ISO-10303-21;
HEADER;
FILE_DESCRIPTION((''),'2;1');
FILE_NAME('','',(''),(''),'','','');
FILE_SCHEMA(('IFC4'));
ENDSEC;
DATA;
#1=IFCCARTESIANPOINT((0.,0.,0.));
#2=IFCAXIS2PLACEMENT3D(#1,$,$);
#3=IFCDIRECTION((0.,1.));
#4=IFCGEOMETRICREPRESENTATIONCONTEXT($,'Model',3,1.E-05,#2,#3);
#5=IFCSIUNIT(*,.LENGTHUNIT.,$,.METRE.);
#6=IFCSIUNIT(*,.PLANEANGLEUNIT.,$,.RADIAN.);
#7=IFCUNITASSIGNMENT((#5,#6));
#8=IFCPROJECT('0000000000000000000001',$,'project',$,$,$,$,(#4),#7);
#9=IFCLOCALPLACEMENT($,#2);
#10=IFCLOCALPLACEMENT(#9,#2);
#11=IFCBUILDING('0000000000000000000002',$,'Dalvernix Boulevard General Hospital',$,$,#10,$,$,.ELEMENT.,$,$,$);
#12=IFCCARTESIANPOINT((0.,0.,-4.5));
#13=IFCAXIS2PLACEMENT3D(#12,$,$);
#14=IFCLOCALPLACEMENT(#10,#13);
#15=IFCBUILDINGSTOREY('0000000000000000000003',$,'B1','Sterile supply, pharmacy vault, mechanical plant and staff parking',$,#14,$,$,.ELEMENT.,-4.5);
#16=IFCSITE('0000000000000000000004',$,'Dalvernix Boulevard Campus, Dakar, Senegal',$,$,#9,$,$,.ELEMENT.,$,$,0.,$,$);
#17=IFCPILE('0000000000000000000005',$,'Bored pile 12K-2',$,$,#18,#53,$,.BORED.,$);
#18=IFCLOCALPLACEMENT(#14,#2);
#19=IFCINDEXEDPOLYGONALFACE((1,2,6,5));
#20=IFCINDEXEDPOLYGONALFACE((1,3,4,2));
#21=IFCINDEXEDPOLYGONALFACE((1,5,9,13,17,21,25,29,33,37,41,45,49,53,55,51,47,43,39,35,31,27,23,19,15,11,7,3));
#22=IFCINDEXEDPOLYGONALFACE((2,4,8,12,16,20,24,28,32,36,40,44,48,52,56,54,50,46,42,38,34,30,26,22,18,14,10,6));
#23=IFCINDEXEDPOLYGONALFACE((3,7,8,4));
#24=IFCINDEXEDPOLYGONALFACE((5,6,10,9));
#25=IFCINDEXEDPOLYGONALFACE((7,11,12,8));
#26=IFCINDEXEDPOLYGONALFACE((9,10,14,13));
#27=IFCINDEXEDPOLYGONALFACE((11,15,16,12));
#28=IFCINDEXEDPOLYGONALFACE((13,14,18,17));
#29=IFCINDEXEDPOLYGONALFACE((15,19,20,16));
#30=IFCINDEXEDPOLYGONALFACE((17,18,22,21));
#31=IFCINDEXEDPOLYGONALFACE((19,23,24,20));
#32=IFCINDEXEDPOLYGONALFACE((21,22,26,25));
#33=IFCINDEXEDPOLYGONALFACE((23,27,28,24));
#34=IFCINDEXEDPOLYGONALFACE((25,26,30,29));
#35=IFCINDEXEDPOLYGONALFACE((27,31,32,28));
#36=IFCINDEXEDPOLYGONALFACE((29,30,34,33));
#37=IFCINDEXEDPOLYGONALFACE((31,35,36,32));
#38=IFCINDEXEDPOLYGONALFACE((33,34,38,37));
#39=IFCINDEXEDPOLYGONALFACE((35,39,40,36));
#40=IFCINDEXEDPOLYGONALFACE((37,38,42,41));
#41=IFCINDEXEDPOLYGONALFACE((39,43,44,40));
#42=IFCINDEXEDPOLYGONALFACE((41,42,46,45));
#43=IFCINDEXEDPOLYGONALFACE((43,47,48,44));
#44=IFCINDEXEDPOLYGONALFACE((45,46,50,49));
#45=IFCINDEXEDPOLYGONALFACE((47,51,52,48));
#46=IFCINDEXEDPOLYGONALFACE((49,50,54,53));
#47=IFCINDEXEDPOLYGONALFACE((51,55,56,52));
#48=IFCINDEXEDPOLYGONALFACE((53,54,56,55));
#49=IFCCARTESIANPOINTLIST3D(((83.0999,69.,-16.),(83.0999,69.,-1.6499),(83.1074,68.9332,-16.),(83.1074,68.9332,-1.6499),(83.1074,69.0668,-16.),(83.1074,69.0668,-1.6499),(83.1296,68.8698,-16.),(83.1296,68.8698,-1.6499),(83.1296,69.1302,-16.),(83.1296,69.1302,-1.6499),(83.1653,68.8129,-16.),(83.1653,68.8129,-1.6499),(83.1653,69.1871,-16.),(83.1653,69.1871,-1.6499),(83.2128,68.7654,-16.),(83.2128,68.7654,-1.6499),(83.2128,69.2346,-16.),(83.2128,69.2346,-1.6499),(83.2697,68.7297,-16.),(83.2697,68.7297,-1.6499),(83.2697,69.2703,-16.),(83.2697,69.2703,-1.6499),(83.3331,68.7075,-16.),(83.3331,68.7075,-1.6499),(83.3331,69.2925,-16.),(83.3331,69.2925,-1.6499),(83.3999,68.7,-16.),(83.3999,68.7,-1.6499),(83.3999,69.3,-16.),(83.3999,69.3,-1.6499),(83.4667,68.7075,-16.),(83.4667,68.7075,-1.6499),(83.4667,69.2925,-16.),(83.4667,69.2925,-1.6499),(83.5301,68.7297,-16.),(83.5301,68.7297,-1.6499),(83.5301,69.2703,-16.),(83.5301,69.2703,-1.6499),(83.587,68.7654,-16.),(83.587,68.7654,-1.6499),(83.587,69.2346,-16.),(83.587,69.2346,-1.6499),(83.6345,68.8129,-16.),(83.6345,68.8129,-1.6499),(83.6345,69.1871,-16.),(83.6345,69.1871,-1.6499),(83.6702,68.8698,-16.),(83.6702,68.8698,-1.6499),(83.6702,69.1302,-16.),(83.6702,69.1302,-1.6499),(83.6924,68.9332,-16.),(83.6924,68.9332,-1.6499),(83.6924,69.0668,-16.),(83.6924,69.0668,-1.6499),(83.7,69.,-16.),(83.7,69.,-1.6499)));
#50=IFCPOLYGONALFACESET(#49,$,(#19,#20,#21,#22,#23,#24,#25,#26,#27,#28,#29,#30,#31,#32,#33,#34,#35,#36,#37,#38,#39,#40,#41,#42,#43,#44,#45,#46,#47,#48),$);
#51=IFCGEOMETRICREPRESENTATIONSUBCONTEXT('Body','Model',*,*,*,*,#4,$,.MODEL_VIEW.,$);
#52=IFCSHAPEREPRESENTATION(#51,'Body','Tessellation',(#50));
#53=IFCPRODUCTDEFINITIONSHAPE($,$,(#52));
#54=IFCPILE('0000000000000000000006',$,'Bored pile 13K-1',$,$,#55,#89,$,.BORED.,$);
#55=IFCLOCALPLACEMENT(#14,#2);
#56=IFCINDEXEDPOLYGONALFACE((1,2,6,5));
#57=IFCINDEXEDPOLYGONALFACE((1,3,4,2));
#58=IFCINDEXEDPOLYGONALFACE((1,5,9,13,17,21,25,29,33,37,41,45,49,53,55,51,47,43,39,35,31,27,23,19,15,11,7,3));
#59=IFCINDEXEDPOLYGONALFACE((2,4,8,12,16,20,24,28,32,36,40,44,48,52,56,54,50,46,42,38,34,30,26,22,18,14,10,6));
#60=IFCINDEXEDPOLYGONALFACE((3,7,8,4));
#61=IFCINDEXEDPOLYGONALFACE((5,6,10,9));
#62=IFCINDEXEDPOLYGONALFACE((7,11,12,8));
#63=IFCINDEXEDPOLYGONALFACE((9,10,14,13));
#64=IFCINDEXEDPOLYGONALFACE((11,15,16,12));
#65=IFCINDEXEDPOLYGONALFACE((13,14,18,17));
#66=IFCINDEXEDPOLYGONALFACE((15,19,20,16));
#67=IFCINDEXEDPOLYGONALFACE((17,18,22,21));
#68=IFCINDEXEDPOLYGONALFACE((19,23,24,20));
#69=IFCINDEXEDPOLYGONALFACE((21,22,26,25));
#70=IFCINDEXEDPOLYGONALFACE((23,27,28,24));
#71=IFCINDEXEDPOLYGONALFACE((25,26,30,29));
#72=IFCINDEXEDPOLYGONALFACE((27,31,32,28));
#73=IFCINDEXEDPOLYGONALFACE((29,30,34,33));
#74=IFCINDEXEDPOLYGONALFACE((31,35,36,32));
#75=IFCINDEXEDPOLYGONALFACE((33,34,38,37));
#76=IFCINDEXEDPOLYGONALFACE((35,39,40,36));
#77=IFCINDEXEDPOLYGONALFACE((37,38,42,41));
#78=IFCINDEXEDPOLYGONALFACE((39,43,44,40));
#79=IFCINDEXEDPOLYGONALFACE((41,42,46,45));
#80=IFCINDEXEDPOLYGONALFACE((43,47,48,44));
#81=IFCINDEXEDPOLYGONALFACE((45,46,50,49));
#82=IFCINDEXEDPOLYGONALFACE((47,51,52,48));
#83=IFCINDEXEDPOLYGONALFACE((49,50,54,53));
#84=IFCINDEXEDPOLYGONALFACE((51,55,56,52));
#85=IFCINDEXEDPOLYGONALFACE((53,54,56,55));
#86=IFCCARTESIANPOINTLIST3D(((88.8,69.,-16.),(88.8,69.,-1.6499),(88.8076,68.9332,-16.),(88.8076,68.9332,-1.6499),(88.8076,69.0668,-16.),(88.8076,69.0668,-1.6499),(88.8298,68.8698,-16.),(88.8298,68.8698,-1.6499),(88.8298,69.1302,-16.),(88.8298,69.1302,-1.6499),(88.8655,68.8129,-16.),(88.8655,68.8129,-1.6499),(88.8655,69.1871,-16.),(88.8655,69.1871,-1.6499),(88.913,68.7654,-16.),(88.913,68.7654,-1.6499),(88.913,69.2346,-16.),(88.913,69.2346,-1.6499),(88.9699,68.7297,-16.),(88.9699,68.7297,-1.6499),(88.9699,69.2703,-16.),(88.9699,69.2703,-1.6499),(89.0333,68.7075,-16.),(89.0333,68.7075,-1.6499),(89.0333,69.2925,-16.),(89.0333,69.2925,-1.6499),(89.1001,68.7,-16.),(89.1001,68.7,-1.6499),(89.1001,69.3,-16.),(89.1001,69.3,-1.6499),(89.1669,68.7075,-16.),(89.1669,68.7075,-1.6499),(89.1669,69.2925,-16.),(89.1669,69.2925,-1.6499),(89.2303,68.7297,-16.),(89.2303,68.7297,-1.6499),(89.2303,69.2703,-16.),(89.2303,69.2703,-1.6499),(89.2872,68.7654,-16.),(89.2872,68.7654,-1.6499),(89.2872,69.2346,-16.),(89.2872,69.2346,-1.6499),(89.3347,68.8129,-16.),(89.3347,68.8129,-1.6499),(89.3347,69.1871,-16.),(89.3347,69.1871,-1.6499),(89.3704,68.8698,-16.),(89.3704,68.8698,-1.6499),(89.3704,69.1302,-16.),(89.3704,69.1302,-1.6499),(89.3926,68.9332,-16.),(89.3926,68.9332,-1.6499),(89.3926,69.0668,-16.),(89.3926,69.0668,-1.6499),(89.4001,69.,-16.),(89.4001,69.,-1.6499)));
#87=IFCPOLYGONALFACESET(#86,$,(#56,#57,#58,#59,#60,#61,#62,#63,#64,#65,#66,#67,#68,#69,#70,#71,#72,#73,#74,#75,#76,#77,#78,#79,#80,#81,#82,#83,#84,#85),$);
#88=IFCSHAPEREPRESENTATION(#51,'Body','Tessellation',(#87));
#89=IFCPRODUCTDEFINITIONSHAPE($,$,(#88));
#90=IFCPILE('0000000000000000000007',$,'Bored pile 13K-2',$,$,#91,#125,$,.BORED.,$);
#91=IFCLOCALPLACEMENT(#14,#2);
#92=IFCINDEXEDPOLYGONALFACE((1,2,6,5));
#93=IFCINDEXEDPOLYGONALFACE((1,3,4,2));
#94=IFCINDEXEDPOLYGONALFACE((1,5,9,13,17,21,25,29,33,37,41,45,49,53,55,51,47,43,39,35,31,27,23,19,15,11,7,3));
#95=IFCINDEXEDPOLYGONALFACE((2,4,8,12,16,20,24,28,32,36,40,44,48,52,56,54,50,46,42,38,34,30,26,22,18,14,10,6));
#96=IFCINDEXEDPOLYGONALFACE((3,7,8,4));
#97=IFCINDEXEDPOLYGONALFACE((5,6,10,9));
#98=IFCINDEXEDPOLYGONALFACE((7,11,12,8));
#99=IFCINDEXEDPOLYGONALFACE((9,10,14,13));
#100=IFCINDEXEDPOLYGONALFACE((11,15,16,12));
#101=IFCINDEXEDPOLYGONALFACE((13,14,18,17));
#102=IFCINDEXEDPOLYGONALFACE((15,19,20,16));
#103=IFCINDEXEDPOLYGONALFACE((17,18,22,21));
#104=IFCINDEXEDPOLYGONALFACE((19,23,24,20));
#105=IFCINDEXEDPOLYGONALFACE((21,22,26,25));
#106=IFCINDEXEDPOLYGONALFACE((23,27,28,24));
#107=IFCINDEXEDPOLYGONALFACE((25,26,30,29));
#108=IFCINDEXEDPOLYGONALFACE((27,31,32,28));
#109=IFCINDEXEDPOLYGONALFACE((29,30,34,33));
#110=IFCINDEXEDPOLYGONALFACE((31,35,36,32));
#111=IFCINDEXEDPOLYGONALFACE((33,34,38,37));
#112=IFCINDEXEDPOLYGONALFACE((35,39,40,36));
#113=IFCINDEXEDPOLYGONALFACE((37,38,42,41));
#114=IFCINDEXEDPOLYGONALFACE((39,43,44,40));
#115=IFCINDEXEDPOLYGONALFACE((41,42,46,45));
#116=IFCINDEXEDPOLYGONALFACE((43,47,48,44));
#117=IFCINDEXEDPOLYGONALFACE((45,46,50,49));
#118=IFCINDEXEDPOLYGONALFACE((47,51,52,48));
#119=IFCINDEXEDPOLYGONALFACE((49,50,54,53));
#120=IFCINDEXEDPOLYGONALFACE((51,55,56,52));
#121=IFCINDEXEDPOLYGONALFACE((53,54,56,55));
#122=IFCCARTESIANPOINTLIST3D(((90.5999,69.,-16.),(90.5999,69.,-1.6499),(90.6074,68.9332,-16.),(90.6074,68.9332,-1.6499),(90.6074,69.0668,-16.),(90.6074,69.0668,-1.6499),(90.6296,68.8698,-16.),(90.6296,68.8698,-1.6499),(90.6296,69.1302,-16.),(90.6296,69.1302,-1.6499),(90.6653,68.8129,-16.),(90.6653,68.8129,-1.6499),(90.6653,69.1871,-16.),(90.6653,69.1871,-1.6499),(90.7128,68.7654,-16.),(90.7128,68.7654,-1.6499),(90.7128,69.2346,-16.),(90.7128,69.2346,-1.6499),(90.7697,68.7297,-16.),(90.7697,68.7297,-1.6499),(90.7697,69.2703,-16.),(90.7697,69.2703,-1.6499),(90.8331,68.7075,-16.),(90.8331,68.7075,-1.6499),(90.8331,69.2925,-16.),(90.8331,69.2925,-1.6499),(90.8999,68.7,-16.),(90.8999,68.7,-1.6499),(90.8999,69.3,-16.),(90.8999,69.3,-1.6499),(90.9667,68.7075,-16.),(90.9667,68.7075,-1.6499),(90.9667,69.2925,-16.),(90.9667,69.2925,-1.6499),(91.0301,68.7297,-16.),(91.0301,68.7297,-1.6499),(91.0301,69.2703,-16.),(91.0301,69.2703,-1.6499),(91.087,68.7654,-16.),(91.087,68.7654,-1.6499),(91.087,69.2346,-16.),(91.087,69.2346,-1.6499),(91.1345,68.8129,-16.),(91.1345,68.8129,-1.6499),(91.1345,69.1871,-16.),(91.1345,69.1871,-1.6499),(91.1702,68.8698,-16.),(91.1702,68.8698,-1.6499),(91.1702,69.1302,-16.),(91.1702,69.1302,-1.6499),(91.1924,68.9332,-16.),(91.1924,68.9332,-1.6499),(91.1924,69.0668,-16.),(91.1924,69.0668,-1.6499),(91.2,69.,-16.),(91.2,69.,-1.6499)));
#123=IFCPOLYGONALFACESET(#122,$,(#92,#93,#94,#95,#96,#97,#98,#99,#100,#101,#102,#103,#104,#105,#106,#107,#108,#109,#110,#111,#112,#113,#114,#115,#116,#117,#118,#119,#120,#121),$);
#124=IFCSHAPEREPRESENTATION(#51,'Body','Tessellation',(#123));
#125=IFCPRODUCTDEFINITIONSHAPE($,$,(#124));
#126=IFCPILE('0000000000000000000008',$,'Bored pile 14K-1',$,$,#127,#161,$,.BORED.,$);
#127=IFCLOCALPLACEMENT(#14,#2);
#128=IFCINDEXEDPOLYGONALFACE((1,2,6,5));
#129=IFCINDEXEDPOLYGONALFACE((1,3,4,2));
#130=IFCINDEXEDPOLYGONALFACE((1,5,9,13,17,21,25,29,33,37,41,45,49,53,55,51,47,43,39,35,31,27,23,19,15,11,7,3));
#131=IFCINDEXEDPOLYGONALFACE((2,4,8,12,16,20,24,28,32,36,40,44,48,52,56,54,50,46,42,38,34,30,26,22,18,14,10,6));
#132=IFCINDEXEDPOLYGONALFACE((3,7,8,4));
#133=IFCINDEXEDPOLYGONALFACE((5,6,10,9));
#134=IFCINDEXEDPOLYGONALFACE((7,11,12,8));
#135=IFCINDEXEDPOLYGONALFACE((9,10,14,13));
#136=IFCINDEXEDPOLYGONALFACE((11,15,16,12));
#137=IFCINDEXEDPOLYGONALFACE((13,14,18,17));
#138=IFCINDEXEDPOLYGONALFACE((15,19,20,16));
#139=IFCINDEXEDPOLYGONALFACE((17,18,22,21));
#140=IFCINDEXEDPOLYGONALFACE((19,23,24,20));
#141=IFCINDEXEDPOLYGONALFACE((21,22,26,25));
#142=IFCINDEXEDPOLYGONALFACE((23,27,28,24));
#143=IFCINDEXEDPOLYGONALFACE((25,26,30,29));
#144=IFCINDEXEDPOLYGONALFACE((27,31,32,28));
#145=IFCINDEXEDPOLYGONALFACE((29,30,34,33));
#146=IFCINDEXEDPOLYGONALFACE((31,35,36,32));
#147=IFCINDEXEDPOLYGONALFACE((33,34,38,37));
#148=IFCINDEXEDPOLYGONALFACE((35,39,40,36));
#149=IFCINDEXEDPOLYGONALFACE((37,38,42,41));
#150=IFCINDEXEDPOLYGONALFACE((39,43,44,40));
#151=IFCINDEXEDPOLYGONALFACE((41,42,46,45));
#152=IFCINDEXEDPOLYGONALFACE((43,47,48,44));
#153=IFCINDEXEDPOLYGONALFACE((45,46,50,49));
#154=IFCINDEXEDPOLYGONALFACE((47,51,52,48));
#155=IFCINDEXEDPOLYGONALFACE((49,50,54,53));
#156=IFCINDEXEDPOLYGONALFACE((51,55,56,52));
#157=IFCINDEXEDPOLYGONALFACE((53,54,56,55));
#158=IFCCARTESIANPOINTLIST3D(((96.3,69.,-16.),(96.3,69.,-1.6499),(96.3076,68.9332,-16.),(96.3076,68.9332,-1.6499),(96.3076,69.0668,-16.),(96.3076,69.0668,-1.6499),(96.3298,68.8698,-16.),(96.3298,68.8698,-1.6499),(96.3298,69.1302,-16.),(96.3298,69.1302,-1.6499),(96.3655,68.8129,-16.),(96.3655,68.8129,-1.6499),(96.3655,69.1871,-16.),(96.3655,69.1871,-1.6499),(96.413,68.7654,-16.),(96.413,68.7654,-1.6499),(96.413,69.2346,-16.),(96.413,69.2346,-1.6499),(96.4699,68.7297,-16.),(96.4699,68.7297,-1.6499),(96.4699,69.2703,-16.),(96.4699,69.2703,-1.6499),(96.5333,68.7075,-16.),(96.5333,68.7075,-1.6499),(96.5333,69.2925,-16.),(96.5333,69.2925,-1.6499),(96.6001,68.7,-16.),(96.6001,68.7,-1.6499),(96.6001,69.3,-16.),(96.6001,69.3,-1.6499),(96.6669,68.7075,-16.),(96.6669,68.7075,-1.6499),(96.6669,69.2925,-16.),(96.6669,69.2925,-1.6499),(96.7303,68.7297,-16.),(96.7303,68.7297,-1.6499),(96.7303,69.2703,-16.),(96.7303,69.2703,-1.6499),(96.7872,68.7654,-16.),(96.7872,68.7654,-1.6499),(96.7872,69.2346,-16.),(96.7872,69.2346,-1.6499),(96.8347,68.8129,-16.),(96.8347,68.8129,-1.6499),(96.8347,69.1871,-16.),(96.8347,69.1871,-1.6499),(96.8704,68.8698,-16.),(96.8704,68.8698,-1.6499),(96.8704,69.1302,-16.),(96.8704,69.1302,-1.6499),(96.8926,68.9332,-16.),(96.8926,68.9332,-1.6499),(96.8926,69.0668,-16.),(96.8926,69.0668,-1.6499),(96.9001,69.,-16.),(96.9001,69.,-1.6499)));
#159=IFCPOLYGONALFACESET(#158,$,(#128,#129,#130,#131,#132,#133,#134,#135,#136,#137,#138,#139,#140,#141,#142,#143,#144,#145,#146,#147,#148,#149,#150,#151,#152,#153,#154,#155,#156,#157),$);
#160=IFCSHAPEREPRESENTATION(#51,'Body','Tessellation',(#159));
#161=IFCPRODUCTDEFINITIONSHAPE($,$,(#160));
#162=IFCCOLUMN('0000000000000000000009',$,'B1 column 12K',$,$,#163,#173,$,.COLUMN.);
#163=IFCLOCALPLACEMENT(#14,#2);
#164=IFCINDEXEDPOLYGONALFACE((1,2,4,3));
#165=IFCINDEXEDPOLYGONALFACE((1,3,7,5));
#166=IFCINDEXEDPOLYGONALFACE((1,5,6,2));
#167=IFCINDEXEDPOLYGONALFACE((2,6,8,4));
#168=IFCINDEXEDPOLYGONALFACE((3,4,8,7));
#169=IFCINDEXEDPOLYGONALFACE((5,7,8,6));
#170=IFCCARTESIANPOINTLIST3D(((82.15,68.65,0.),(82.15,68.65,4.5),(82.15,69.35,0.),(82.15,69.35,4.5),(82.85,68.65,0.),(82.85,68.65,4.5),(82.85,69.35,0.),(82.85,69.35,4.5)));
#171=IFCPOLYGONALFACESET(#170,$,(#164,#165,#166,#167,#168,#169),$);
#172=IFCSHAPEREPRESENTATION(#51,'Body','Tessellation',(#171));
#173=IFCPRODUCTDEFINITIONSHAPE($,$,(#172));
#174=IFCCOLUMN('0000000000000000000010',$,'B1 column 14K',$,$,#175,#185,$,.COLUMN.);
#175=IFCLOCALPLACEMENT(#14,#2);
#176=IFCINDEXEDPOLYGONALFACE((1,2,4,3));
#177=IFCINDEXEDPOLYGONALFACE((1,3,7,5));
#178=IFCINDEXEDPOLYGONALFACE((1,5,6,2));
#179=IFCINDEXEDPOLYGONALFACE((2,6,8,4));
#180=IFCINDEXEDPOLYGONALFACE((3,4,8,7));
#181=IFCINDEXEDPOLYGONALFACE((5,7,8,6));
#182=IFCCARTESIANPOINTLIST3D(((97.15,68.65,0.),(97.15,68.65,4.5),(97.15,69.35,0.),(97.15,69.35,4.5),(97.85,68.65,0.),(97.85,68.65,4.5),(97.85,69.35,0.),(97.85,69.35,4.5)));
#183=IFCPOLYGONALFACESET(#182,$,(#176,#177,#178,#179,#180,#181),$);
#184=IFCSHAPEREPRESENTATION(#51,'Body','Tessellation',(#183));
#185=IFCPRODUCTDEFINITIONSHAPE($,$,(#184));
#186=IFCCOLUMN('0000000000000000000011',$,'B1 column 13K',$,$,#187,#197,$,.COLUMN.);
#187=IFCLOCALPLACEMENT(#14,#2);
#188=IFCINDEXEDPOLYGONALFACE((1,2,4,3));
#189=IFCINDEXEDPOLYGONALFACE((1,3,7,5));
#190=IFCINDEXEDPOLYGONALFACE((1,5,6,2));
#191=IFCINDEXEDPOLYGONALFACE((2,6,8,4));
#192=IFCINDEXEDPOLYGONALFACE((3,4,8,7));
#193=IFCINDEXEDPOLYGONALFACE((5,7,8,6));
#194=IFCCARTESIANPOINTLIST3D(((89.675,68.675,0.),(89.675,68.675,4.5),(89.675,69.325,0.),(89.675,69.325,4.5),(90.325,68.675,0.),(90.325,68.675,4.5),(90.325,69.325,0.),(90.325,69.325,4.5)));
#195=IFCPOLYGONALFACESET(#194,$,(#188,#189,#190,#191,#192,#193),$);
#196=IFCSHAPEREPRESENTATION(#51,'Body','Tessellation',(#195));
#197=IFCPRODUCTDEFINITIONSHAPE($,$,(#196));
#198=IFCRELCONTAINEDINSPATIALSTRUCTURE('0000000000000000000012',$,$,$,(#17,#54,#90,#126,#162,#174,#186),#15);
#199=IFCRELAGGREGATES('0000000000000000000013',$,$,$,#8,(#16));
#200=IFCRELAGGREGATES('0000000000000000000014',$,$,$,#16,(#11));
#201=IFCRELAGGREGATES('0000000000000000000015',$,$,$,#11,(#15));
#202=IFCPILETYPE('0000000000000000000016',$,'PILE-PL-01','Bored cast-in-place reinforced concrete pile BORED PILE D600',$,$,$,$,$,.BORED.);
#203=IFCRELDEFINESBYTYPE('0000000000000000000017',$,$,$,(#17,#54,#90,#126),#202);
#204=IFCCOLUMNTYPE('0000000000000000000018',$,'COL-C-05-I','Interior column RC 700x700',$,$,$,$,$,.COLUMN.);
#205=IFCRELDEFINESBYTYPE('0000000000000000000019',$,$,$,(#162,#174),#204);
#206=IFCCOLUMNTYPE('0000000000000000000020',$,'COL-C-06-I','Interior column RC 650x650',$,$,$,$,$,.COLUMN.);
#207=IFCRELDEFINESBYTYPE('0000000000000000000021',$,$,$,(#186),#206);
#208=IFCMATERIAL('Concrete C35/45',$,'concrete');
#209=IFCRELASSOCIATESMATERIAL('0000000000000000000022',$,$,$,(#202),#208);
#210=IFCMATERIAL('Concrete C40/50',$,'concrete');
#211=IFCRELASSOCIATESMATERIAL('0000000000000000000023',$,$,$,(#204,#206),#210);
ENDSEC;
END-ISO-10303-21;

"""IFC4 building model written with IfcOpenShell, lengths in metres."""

from ifc_helpers import new_model, si_unit, direction, frame, origin, origin_2d, place, context, subcontext, project, spatial, rectangle, circle, extrude, material, material_profile, profile_set, type_object, element, save


model = new_model("IFC4")

# Units and contexts
model_context = context("Model", 3, precision=1e-05, world=origin(), true_north=direction((0.0, 1.0)))
body_context = subcontext(model_context, "Body", "Model", "MODEL_VIEW")
ifc_project = project(units=[si_unit("LENGTHUNIT", "METRE"), si_unit("PLANEANGLEUNIT", "RADIAN")], contexts=[model_context])

# Site, building, storey
site_placement = place(None, origin())
site = spatial("IfcSite", under=ifc_project, at=site_placement, Name="Dalvernix Boulevard Campus, Dakar, Senegal", CompositionType="ELEMENT", RefElevation=0.0)
building_placement = place(site_placement, origin())
building = spatial("IfcBuilding", under=site, at=building_placement, Name="Dalvernix Boulevard General Hospital", CompositionType="ELEMENT")
storey_placement = place(building_placement, frame((0.0, 0.0, -4.5)))
storey = spatial("IfcBuildingStorey", under=building, at=storey_placement, Name="B1", Description="Sterile supply, pharmacy vault, mechanical plant and staff parking", CompositionType="ELEMENT", Elevation=-4.5)

# Shared definitions
ifc_material_1 = material(Name="Concrete C35/45", Category="concrete")
ifc_material_2 = material(Name="Concrete C40/50", Category="concrete")

# Piles
ifc_material_profile_1 = material_profile(ifc_material_1, circle(Radius=0.3, at=origin_2d()), Name="BORED PILE D600")
ifc_profile_set_1 = profile_set([ifc_material_profile_1], Name="Concrete C35/45")
pile_type = type_object("IfcPileType", Name="PILE-PL-01", Description="Bored cast-in-place reinforced concrete pile BORED PILE D600", PredefinedType="BORED", material=ifc_profile_set_1)
for number, where, z_axis, x_axis, name in (
    (1, (83.3999, 69.0, -1.6499), (0.0, 0.0, -1.0), (1.0, 0.0, 0.0), "Bored pile 12K-2"),
    (2, (89.1001, 69.0, -1.6499), (0.0, 0.0, -1.0), (1.0, 0.0, 0.0), "Bored pile 13K-1"),
    (3, (90.8999, 69.0, -1.6499), (0.0, 0.0, -1.0), (1.0, 0.0, 0.0), "Bored pile 13K-2"),
    (4, (96.6001, 69.0, -1.6499), (0.0, 0.0, -1.0), (1.0, 0.0, 0.0), "Bored pile 14K-1"),
):
    element("IfcPile", number, at=place(storey_placement, frame(where, z_axis=z_axis, x_axis=x_axis)), inside=storey, type_object=pile_type, Name=name, PredefinedType="BORED", context=body_context, shape_type="SweptSolid", body=[
        extrude(circle(Radius=0.3, at=origin_2d()), origin(), (0.0, 0.0, 1.0), 14.3501),
    ])

# Columns
ifc_material_profile_2 = material_profile(ifc_material_2, rectangle(XDim=0.7, YDim=0.7, at=origin_2d()), Name="RC 700x700")
ifc_profile_set_2 = profile_set([ifc_material_profile_2], Name="Concrete C40/50")
column_type_1 = type_object("IfcColumnType", Name="COL-C-05-I", Description="Interior column RC 700x700", PredefinedType="COLUMN", material=ifc_profile_set_2)
for number, where, z_axis, x_axis, name in (
    (5, (82.5, 69.0, 0.0), (0.0, 0.0, 1.0), (1.0, 0.0, 0.0), "B1 column 12K"),
    (6, (97.5, 69.0, 0.0), (0.0, 0.0, 1.0), (1.0, 0.0, 0.0), "B1 column 14K"),
):
    element("IfcColumn", number, at=place(storey_placement, frame(where, z_axis=z_axis, x_axis=x_axis)), inside=storey, type_object=column_type_1, Name=name, PredefinedType="COLUMN", context=body_context, shape_type="SweptSolid", body=[
        extrude(rectangle(XDim=0.7, YDim=0.7, at=origin_2d()), origin(), (0.0, 0.0, 1.0), 4.5),
    ])
ifc_material_profile_3 = material_profile(ifc_material_2, rectangle(XDim=0.6499, YDim=0.6499, at=origin_2d()), Name="RC 650x650")
ifc_profile_set_3 = profile_set([ifc_material_profile_3], Name="Concrete C40/50")
column_type_2 = type_object("IfcColumnType", Name="COL-C-06-I", Description="Interior column RC 650x650", PredefinedType="COLUMN", material=ifc_profile_set_3)
column_placement = place(storey_placement, frame((90.0, 69.0, 0.0), z_axis=(0.0, 0.0, 1.0), x_axis=(1.0, 0.0, 0.0)))
element("IfcColumn", 7, at=column_placement, inside=storey, type_object=column_type_2, Name="B1 column 13K", PredefinedType="COLUMN", context=body_context, shape_type="SweptSolid", body=[
    extrude(rectangle(XDim=0.6499, YDim=0.6499, at=origin_2d()), origin(), (0.0, 0.0, 1.0), 4.5),
])

save(model, "model.ifc")
